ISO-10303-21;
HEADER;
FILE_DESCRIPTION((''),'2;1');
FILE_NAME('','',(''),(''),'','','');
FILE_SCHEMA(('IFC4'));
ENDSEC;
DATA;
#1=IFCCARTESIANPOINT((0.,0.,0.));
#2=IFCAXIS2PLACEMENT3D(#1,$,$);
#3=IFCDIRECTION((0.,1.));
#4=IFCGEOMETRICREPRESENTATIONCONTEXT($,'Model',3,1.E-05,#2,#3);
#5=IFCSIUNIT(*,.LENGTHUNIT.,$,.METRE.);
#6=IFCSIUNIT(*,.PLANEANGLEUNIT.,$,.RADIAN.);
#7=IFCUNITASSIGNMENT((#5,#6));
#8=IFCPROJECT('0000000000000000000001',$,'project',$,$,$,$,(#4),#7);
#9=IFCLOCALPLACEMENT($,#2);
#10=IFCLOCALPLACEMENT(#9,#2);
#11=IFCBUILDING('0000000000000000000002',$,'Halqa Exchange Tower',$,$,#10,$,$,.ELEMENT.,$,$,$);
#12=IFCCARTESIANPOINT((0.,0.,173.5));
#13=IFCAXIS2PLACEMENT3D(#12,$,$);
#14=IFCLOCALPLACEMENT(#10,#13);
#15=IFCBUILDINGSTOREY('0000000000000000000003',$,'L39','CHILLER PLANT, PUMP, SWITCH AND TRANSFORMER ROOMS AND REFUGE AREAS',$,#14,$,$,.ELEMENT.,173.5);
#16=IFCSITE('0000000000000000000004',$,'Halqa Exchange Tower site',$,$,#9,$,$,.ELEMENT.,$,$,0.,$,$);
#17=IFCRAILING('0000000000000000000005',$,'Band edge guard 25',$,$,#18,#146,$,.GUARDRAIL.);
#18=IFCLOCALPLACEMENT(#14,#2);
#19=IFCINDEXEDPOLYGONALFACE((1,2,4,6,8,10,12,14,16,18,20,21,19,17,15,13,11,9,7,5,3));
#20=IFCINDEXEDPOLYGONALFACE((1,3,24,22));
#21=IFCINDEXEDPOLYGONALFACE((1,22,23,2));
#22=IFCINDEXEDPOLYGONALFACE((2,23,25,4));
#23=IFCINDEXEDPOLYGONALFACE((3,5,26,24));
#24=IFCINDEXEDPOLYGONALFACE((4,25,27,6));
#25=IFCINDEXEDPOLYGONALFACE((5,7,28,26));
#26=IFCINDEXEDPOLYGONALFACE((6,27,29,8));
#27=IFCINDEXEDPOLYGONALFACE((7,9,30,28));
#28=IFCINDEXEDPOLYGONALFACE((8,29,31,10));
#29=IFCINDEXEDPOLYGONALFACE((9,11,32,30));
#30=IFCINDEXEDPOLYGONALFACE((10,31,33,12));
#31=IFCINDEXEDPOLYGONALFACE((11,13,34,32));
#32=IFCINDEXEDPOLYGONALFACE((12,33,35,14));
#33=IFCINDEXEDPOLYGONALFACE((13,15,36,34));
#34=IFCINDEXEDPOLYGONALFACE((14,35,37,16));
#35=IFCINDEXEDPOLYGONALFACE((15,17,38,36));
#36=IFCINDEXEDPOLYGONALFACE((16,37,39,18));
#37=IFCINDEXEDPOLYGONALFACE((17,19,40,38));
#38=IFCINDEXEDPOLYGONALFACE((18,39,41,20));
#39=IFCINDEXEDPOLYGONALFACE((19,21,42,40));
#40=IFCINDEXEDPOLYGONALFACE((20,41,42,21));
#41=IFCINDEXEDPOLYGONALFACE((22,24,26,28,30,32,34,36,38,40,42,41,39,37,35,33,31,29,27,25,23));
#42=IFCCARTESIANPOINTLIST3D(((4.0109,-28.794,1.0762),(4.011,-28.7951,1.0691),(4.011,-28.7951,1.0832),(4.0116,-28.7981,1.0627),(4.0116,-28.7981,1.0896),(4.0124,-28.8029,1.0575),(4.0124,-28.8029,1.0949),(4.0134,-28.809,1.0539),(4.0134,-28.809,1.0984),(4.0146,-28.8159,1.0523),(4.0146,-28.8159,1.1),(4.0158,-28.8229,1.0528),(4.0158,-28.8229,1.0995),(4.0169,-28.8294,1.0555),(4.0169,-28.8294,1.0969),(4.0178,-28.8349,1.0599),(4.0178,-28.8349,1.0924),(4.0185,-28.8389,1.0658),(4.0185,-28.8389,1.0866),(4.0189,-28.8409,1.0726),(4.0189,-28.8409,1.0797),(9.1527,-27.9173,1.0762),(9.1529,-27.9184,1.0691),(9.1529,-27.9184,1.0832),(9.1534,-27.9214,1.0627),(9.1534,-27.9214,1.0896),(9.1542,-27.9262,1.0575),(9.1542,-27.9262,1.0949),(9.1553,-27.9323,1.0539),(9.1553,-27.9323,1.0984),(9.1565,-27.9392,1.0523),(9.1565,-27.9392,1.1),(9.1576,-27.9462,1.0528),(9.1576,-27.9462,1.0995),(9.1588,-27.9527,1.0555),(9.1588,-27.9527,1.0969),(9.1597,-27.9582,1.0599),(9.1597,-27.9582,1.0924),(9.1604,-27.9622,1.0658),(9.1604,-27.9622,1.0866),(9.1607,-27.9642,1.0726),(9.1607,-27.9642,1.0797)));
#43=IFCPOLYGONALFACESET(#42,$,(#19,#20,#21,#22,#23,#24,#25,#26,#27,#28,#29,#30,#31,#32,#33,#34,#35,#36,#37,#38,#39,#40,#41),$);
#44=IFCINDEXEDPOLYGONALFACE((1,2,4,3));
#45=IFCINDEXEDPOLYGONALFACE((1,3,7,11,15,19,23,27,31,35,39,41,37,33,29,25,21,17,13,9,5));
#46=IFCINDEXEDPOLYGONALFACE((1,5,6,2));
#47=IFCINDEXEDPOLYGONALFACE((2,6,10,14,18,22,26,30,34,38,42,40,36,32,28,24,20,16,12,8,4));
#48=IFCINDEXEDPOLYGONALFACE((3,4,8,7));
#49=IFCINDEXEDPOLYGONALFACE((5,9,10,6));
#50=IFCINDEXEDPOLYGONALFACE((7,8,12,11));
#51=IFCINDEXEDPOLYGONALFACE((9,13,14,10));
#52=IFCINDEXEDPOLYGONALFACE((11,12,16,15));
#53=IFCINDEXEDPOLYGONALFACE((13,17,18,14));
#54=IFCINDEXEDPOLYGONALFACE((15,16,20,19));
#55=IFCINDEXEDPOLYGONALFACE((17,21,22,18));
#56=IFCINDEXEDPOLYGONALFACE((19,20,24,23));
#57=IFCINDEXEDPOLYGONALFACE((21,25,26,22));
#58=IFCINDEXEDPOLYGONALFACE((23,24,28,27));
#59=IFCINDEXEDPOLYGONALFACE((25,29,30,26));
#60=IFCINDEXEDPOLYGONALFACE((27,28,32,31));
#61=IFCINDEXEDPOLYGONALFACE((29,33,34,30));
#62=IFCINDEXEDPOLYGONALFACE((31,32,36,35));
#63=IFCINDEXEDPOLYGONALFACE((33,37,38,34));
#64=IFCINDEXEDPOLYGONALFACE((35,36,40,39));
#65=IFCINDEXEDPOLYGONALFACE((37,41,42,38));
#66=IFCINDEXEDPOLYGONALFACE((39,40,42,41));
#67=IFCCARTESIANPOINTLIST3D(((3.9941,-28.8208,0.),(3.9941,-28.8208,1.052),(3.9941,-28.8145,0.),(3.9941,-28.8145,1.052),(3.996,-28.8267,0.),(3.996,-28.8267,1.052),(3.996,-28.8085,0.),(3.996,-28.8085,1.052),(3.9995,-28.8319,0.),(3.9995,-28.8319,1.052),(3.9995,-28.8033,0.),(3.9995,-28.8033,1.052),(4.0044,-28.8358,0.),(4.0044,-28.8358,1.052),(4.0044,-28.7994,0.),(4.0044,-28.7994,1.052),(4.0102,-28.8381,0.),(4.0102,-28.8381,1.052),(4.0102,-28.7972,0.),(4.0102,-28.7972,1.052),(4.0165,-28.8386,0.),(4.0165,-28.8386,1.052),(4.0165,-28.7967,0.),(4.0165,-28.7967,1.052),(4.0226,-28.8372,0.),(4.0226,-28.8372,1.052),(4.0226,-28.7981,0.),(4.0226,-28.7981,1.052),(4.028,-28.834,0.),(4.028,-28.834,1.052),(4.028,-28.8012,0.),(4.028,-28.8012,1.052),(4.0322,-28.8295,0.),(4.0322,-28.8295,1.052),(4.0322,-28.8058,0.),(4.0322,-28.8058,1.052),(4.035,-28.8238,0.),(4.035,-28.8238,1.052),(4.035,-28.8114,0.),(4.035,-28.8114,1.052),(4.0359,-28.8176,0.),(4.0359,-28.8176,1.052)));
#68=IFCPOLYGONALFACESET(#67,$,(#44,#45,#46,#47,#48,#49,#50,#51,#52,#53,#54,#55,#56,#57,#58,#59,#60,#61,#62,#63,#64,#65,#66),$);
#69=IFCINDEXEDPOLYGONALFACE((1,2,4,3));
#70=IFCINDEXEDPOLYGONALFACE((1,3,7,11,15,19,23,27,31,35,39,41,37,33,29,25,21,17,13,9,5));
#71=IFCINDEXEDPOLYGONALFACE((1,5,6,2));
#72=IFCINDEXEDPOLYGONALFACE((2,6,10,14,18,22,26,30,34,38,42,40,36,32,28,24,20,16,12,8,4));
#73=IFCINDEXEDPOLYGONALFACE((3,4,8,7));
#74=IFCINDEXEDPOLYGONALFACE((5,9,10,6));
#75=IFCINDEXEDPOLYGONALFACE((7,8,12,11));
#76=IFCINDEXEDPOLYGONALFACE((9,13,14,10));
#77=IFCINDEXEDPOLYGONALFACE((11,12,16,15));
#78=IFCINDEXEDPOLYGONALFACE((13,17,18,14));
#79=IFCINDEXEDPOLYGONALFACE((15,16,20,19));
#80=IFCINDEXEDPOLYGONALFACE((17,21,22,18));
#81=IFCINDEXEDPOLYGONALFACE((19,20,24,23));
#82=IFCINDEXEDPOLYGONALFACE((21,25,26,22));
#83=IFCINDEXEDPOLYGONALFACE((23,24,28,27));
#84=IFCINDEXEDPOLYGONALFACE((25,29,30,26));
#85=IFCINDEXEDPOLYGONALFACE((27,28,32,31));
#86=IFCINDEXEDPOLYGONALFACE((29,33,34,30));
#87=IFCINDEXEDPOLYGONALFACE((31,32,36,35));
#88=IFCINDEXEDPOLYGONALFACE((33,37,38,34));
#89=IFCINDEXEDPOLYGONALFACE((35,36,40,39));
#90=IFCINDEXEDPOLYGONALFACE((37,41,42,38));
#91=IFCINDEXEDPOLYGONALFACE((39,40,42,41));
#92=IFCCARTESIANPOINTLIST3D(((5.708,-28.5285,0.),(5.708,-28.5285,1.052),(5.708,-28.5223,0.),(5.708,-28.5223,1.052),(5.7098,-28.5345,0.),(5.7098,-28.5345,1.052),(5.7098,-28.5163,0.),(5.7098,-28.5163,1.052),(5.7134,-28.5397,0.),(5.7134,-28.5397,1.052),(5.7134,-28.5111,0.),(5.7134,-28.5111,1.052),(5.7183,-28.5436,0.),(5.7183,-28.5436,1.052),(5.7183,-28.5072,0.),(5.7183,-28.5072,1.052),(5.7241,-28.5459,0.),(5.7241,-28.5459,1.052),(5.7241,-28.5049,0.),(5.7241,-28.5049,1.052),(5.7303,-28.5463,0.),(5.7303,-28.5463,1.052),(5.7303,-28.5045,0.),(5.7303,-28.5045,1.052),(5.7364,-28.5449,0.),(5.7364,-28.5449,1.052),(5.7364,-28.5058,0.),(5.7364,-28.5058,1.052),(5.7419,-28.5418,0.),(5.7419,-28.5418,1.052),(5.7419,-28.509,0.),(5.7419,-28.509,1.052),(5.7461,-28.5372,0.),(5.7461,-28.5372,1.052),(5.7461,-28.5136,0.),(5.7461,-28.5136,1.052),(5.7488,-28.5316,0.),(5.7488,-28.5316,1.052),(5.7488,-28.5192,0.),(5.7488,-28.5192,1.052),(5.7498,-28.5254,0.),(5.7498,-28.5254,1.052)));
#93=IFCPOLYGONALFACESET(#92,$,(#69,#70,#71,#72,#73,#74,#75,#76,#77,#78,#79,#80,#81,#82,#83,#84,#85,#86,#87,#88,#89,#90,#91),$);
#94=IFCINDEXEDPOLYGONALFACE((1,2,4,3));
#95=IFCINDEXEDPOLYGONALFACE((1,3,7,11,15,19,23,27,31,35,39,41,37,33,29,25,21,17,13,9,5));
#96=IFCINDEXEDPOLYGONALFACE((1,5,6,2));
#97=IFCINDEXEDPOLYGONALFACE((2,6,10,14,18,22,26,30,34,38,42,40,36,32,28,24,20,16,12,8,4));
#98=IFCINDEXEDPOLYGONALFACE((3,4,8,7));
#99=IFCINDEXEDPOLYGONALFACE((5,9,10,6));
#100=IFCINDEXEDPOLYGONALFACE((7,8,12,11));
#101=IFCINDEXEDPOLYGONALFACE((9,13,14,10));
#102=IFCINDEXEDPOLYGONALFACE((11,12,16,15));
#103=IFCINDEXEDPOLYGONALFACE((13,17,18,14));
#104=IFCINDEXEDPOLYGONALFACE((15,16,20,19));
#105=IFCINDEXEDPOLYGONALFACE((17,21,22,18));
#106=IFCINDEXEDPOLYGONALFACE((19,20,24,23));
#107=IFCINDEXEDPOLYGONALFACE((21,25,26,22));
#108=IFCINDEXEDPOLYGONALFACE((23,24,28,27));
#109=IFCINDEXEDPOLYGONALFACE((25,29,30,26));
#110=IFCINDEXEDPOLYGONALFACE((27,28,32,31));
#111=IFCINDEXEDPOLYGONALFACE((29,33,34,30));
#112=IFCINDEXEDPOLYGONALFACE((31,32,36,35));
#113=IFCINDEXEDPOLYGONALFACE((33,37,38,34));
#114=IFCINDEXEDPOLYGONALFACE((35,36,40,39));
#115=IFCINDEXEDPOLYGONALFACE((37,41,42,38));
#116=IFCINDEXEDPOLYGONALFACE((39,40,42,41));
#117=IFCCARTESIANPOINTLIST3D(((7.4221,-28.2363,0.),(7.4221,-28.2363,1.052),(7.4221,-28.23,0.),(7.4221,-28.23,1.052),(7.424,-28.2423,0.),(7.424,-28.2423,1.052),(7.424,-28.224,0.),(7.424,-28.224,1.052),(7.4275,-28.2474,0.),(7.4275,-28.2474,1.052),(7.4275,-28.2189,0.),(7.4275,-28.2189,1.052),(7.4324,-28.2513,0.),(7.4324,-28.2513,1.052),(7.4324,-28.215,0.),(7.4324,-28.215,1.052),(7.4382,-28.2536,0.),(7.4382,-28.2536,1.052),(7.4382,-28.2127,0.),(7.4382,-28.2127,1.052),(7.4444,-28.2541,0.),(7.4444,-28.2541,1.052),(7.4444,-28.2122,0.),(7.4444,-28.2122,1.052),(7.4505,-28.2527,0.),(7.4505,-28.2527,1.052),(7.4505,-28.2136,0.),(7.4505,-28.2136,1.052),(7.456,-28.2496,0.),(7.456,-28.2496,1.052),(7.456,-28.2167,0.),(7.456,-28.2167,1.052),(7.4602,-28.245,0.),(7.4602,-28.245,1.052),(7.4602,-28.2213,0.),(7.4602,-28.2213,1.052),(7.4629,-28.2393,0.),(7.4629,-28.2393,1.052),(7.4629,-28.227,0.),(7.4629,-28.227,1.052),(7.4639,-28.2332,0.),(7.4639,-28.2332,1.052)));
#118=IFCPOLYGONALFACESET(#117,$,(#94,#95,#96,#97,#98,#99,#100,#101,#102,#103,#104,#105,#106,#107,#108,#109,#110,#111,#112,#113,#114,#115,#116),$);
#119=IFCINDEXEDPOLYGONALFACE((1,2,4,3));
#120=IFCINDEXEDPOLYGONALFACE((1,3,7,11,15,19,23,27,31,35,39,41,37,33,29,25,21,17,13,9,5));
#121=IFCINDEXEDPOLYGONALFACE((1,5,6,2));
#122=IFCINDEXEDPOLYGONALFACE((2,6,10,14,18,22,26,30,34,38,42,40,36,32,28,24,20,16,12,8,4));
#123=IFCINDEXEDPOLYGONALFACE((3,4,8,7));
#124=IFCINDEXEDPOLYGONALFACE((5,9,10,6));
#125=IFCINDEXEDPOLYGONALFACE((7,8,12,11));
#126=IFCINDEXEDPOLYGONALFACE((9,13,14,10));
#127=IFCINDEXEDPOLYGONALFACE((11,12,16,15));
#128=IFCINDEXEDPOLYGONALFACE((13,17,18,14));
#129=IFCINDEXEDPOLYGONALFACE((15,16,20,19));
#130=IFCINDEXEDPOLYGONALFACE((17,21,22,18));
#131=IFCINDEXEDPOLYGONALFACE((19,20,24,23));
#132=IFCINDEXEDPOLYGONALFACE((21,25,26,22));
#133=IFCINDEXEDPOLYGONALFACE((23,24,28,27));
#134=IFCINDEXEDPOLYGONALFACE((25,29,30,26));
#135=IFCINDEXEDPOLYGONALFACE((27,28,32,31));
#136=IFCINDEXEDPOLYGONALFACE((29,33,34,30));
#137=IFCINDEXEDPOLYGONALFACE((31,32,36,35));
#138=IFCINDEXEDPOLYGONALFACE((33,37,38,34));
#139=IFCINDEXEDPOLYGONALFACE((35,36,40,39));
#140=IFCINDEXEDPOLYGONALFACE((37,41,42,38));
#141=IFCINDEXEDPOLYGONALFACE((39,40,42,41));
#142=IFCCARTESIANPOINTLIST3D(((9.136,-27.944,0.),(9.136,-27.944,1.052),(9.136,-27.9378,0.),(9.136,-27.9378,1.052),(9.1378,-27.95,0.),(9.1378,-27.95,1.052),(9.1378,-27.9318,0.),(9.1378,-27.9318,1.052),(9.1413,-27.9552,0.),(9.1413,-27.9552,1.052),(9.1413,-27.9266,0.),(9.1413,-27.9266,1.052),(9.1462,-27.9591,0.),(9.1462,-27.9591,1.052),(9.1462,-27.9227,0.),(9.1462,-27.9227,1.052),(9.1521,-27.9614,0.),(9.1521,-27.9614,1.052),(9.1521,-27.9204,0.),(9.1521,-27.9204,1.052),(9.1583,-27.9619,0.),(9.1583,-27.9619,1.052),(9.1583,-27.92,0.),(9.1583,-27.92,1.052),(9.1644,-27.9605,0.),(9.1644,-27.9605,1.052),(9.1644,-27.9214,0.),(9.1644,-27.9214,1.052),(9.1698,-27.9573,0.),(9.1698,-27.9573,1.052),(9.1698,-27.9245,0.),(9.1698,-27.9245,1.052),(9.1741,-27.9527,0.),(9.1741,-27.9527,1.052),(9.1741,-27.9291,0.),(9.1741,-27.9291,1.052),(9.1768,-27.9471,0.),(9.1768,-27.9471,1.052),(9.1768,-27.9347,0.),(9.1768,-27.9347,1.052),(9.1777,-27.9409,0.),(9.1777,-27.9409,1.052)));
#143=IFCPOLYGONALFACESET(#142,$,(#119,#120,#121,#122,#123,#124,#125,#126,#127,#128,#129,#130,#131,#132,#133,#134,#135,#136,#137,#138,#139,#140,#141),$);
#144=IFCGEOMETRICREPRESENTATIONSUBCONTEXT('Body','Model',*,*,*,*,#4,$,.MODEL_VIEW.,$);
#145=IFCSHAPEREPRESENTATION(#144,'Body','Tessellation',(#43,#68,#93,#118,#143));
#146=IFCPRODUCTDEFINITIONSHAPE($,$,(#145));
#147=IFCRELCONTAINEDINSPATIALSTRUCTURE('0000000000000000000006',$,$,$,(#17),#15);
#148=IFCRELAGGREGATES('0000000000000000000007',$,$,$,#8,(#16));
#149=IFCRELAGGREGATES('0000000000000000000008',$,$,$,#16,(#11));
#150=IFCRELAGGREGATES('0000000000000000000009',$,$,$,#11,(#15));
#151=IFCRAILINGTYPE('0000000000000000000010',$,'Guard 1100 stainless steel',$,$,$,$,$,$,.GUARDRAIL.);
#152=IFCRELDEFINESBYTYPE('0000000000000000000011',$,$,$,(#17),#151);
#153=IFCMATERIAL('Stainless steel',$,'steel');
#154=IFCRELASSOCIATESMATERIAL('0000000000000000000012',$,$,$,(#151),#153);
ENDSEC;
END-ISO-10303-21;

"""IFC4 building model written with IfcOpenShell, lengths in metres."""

from ifc_helpers import new_model, si_unit, direction, frame, origin, origin_2d, place, context, subcontext, project, spatial, circle, extrude, material, type_object, element, save


model = new_model("IFC4")

# Units and contexts
model_context = context("Model", 3, precision=1e-05, world=origin(), true_north=direction((0.0, 1.0)))
body_context = subcontext(model_context, "Body", "Model", "MODEL_VIEW")
ifc_project = project(units=[si_unit("LENGTHUNIT", "METRE"), si_unit("PLANEANGLEUNIT", "RADIAN")], contexts=[model_context])

# Site, building, storey
site_placement = place(None, origin())
site = spatial("IfcSite", under=ifc_project, at=site_placement, Name="Halqa Exchange Tower site", CompositionType="ELEMENT", RefElevation=0.0)
building_placement = place(site_placement, origin())
building = spatial("IfcBuilding", under=site, at=building_placement, Name="Halqa Exchange Tower", CompositionType="ELEMENT")
storey_placement = place(building_placement, frame((0.0, 0.0, 173.5)))
storey = spatial("IfcBuildingStorey", under=building, at=storey_placement, Name="L39", Description="CHILLER PLANT, PUMP, SWITCH AND TRANSFORMER ROOMS AND REFUGE AREAS", CompositionType="ELEMENT", Elevation=173.5)

# Railing
ifc_material_1 = material(Name="Stainless steel", Category="steel")
railing_type = type_object("IfcRailingType", Name="Guard 1100 stainless steel", PredefinedType="GUARDRAIL", material=ifc_material_1)
railing_1_placement = place(storey_placement, frame((4.0149, -28.8176, 0.0)))
element("IfcRailing", 1, at=railing_1_placement, inside=storey, type_object=railing_type, Name="Band edge guard 25", PredefinedType="GUARDRAIL", context=body_context, shape_type="SweptSolid", body=[
    extrude(circle(Radius=0.0239, at=origin_2d()), frame((0.0, 0.0, 1.0762), z_axis=(0.985774, 0.168079, 0.0), x_axis=(-0.168079, 0.985774, 0.0)), (0.0, 0.0, 1.0), 5.2161),
    extrude(circle(Radius=0.021, at=origin_2d()), origin(), (0.0, 0.0, 1.0), 1.052),
    extrude(circle(Radius=0.021, at=origin_2d()), frame((1.7139, 0.2922, 0.0)), (0.0, 0.0, 1.0), 1.052),
    extrude(circle(Radius=0.021, at=origin_2d()), frame((3.428, 0.5845, 0.0)), (0.0, 0.0, 1.0), 1.052),
    extrude(circle(Radius=0.021, at=origin_2d()), frame((5.1418, 0.8767, 0.0)), (0.0, 0.0, 1.0), 1.052),
])

save(model, "model.ifc")
